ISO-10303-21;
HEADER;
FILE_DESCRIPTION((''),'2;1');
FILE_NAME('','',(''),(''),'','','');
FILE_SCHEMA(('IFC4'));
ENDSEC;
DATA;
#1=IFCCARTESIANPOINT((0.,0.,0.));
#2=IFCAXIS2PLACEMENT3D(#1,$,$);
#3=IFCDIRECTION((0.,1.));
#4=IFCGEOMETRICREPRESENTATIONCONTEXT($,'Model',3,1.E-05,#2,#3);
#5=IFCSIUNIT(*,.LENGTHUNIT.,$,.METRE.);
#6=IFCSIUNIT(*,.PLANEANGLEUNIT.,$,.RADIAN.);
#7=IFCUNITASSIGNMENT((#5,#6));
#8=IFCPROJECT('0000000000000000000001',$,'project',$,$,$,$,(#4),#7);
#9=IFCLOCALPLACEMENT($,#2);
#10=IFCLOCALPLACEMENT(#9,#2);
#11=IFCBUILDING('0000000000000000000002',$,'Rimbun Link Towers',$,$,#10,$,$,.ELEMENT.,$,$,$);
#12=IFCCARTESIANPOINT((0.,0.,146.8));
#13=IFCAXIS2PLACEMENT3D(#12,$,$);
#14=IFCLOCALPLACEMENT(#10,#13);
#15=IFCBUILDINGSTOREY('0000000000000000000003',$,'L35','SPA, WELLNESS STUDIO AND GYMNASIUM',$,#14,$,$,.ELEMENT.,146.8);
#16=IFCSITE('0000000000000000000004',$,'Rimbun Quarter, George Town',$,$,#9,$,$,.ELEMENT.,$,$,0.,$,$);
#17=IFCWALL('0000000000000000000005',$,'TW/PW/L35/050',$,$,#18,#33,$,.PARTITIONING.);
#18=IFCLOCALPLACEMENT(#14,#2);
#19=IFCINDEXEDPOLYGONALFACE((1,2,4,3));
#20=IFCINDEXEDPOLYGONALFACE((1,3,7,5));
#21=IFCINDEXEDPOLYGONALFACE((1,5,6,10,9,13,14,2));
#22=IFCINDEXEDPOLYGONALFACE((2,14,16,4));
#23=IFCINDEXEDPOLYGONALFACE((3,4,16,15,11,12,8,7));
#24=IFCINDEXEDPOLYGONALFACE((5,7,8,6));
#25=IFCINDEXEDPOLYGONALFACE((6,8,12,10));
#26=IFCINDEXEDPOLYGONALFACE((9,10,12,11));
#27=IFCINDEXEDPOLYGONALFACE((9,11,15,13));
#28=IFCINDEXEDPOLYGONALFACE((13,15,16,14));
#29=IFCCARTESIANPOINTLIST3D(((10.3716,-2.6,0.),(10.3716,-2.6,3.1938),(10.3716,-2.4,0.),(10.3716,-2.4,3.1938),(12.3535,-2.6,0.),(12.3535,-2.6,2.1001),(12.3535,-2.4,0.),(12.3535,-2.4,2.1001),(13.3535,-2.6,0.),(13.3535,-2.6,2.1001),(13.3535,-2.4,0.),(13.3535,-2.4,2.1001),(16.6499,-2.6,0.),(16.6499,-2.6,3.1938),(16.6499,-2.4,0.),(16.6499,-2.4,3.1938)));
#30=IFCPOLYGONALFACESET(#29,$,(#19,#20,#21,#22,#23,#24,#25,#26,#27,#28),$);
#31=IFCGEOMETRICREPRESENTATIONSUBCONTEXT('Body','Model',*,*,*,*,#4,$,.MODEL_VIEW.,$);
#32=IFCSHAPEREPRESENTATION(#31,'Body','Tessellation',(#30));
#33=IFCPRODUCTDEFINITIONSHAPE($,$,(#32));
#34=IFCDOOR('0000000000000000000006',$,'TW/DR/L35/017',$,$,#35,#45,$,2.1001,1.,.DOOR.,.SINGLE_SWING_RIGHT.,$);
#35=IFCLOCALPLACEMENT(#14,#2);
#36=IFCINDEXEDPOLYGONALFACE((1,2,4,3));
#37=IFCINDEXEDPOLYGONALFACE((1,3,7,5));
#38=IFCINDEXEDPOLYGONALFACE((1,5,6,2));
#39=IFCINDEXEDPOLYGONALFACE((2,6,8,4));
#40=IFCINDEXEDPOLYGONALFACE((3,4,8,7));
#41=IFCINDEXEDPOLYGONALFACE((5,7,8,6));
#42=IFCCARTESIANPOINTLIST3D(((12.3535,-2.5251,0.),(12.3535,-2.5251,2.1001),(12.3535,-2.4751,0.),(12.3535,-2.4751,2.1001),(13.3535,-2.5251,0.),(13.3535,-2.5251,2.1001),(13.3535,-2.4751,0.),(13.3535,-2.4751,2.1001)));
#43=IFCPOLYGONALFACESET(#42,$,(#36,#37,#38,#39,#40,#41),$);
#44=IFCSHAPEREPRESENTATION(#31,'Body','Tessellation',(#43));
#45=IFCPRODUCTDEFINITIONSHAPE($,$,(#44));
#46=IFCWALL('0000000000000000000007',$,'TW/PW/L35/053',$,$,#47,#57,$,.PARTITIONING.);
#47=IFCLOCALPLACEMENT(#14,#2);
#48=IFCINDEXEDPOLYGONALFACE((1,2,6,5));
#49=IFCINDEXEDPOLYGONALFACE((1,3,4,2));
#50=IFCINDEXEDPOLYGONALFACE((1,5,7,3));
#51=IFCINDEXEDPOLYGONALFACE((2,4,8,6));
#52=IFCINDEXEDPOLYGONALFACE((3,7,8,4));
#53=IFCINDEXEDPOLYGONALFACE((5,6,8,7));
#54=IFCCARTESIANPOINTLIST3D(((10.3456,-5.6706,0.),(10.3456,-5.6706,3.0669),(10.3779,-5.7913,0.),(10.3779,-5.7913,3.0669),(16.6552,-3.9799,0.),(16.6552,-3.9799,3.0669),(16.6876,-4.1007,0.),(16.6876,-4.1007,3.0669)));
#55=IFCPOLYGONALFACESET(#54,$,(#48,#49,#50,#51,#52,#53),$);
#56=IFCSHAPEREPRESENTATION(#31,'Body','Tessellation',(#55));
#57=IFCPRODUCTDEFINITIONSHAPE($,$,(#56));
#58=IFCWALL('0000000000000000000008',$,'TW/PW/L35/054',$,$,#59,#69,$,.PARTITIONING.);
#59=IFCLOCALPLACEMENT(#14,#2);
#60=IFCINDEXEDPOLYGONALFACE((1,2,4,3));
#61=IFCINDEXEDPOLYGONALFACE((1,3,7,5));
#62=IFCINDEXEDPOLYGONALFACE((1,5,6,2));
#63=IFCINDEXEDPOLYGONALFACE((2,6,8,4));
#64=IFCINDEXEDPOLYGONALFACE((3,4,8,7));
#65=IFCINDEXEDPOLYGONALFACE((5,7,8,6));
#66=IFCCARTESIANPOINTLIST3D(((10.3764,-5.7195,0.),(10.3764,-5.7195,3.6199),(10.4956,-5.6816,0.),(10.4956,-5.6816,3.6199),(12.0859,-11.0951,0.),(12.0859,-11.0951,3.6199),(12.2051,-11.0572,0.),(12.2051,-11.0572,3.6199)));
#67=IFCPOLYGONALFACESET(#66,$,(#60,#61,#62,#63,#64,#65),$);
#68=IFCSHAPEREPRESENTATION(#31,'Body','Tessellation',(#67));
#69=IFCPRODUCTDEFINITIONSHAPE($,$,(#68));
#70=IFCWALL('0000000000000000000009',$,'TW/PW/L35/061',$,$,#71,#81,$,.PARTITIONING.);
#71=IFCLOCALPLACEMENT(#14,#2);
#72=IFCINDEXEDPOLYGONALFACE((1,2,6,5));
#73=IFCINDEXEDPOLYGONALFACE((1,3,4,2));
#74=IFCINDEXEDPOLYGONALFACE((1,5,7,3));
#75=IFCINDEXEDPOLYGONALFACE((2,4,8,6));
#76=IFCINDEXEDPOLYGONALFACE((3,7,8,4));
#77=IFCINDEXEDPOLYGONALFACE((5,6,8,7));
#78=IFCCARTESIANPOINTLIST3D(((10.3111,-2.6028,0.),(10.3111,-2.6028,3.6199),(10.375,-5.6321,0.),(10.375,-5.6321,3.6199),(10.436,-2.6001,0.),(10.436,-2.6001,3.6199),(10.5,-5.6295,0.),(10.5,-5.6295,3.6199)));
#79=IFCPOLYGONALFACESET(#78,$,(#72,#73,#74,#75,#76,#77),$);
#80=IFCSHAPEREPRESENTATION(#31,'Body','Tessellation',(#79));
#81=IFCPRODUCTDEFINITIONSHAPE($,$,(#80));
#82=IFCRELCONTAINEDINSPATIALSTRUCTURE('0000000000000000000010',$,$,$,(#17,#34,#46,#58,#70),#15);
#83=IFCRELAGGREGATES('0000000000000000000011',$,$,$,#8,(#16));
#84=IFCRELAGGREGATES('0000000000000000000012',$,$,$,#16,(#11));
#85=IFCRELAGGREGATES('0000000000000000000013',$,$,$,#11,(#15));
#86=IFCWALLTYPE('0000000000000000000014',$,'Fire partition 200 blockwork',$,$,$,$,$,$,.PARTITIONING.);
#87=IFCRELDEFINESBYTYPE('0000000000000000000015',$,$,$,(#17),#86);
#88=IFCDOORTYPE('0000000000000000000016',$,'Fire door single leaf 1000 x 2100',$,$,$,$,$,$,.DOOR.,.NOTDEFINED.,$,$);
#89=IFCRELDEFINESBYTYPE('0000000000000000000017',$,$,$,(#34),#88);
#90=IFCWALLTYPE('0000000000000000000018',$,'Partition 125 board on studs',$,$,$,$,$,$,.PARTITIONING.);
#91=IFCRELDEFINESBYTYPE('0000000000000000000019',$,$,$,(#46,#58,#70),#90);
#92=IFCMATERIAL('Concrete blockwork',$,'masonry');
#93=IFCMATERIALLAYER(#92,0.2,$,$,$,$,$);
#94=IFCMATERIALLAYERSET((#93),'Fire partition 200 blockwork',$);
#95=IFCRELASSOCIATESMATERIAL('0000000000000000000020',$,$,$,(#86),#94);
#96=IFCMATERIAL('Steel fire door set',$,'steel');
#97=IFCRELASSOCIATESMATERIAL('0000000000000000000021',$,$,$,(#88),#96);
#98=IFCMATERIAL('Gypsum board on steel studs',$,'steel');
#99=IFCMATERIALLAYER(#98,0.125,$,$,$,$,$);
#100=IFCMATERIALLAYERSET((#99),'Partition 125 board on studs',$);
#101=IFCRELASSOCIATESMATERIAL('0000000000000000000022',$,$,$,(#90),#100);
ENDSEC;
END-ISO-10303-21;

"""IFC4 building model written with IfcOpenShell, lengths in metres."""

from ifc_helpers import new_model, si_unit, direction, frame, frame_2d, origin, place, context, subcontext, project, spatial, rectangle, extrude, material, layer, layer_set, type_object, element, fill, save


model = new_model("IFC4")

# Units and contexts
model_context = context("Model", 3, precision=1e-05, world=origin(), true_north=direction((0.0, 1.0)))
body_context = subcontext(model_context, "Body", "Model", "MODEL_VIEW")
ifc_project = project(units=[si_unit("LENGTHUNIT", "METRE"), si_unit("PLANEANGLEUNIT", "RADIAN")], contexts=[model_context])

# Site, building, storey
site_placement = place(None, origin())
site = spatial("IfcSite", under=ifc_project, at=site_placement, Name="Rimbun Quarter, George Town", CompositionType="ELEMENT", RefElevation=0.0)
building_placement = place(site_placement, origin())
building = spatial("IfcBuilding", under=site, at=building_placement, Name="Rimbun Link Towers", CompositionType="ELEMENT")
storey_placement = place(building_placement, frame((0.0, 0.0, 146.8)))
storey = spatial("IfcBuildingStorey", under=building, at=storey_placement, Name="L35", Description="SPA, WELLNESS STUDIO AND GYMNASIUM", CompositionType="ELEMENT", Elevation=146.8)

# Wall, opening, door
ifc_material_1 = material(Name="Concrete blockwork", Category="masonry")
ifc_layer_1 = layer(ifc_material_1, 0.2)
ifc_layer_set_1 = layer_set([ifc_layer_1], Name="Fire partition 200 blockwork")
wall_type_1 = type_object("IfcWallType", Name="Fire partition 200 blockwork", PredefinedType="PARTITIONING", material=ifc_layer_set_1)
wall_1_placement = place(storey_placement, frame((10.3716, -2.5, 0.0), z_axis=(0.0, 0.0, 1.0), x_axis=(1.0, 0.0, 0.0)))
wall_1 = element("IfcWall", 1, at=wall_1_placement, inside=storey, type_object=wall_type_1, Name="TW/PW/L35/050", PredefinedType="PARTITIONING", context=body_context, shape_type="SweptSolid", body=[
    extrude(rectangle(XDim=6.2783, YDim=0.2, at=frame_2d((3.1392, 0.0))), origin(), (0.0, 0.0, 1.0), 3.1938),
])
opening_placement = place(wall_1_placement, frame((1.9819, 0.0, 0.0)))
opening = element("IfcOpeningElement", 2, at=opening_placement, cuts=wall_1, PredefinedType="OPENING", context=body_context, shape_type="SweptSolid", body=[
    extrude(rectangle(XDim=1.0, YDim=2.1001, at=frame_2d((0.5, 1.05))), frame((0.0, 0.1099, 0.0), z_axis=(0.0, -1.0, 0.0), x_axis=(1.0, 0.0, 0.0)), (0.0, 0.0, 1.0), 0.22),
])
ifc_material_2 = material(Name="Steel fire door set", Category="steel")
door_type = type_object("IfcDoorType", Name="Fire door single leaf 1000 x 2100", OperationType="NOTDEFINED", PredefinedType="DOOR", material=ifc_material_2)
door_placement = place(opening_placement, origin())
door = element("IfcDoor", 3, at=door_placement, inside=storey, type_object=door_type, Name="TW/DR/L35/017", OperationType="SINGLE_SWING_RIGHT", OverallHeight=2.1001, OverallWidth=1.0, PredefinedType="DOOR", context=body_context, shape_type="SweptSolid", body=[
    extrude(rectangle(XDim=1.0, YDim=2.1001, at=frame_2d((0.5, 1.05))), frame((0.0, 0.0249, 0.0), z_axis=(0.0, -1.0, 0.0), x_axis=(1.0, 0.0, 0.0)), (0.0, 0.0, 1.0), 0.05),
])
fill(opening, door)

# Walls
ifc_material_3 = material(Name="Gypsum board on steel studs", Category="steel")
ifc_layer_2 = layer(ifc_material_3, 0.125)
ifc_layer_set_2 = layer_set([ifc_layer_2], Name="Partition 125 board on studs")
wall_type_2 = type_object("IfcWallType", Name="Partition 125 board on studs", PredefinedType="PARTITIONING", material=ifc_layer_set_2)
wall_2_placement = place(storey_placement, frame((16.6714, -4.0403, 0.0), z_axis=(0.0, 0.0, 1.0), x_axis=(-0.965925, -0.258823, 0.0)))
element("IfcWall", 4, at=wall_2_placement, inside=storey, type_object=wall_type_2, Name="TW/PW/L35/053", PredefinedType="PARTITIONING", context=body_context, shape_type="SweptSolid", body=[
    extrude(rectangle(XDim=6.5322, YDim=0.125, at=frame_2d((3.2661, 0.0))), origin(), (0.0, 0.0, 1.0), 3.0669),
])
wall_3_placement = place(storey_placement, frame((10.436, -5.7007, 0.0), z_axis=(0.0, 0.0, 1.0), x_axis=(0.303057, -0.952972, 0.0)))
element("IfcWall", 5, at=wall_3_placement, inside=storey, type_object=wall_type_2, Name="TW/PW/L35/054", PredefinedType="PARTITIONING", context=body_context, shape_type="SweptSolid", body=[
    extrude(rectangle(XDim=5.6409, YDim=0.125, at=frame_2d((2.8203, 0.0))), origin(), (0.0, 0.0, 1.0), 3.6199),
])
wall_4_placement = place(storey_placement, frame((10.3735, -2.6013, 0.0), z_axis=(0.0, 0.0, 1.0), x_axis=(0.021111, -0.999777, 0.0)))
element("IfcWall", 6, at=wall_4_placement, inside=storey, type_object=wall_type_2, Name="TW/PW/L35/061", PredefinedType="PARTITIONING", context=body_context, shape_type="SweptSolid", body=[
    extrude(rectangle(XDim=3.03, YDim=0.125, at=frame_2d((1.5151, 0.0))), origin(), (0.0, 0.0, 1.0), 3.6199),
])

save(model, "model.ifc")
